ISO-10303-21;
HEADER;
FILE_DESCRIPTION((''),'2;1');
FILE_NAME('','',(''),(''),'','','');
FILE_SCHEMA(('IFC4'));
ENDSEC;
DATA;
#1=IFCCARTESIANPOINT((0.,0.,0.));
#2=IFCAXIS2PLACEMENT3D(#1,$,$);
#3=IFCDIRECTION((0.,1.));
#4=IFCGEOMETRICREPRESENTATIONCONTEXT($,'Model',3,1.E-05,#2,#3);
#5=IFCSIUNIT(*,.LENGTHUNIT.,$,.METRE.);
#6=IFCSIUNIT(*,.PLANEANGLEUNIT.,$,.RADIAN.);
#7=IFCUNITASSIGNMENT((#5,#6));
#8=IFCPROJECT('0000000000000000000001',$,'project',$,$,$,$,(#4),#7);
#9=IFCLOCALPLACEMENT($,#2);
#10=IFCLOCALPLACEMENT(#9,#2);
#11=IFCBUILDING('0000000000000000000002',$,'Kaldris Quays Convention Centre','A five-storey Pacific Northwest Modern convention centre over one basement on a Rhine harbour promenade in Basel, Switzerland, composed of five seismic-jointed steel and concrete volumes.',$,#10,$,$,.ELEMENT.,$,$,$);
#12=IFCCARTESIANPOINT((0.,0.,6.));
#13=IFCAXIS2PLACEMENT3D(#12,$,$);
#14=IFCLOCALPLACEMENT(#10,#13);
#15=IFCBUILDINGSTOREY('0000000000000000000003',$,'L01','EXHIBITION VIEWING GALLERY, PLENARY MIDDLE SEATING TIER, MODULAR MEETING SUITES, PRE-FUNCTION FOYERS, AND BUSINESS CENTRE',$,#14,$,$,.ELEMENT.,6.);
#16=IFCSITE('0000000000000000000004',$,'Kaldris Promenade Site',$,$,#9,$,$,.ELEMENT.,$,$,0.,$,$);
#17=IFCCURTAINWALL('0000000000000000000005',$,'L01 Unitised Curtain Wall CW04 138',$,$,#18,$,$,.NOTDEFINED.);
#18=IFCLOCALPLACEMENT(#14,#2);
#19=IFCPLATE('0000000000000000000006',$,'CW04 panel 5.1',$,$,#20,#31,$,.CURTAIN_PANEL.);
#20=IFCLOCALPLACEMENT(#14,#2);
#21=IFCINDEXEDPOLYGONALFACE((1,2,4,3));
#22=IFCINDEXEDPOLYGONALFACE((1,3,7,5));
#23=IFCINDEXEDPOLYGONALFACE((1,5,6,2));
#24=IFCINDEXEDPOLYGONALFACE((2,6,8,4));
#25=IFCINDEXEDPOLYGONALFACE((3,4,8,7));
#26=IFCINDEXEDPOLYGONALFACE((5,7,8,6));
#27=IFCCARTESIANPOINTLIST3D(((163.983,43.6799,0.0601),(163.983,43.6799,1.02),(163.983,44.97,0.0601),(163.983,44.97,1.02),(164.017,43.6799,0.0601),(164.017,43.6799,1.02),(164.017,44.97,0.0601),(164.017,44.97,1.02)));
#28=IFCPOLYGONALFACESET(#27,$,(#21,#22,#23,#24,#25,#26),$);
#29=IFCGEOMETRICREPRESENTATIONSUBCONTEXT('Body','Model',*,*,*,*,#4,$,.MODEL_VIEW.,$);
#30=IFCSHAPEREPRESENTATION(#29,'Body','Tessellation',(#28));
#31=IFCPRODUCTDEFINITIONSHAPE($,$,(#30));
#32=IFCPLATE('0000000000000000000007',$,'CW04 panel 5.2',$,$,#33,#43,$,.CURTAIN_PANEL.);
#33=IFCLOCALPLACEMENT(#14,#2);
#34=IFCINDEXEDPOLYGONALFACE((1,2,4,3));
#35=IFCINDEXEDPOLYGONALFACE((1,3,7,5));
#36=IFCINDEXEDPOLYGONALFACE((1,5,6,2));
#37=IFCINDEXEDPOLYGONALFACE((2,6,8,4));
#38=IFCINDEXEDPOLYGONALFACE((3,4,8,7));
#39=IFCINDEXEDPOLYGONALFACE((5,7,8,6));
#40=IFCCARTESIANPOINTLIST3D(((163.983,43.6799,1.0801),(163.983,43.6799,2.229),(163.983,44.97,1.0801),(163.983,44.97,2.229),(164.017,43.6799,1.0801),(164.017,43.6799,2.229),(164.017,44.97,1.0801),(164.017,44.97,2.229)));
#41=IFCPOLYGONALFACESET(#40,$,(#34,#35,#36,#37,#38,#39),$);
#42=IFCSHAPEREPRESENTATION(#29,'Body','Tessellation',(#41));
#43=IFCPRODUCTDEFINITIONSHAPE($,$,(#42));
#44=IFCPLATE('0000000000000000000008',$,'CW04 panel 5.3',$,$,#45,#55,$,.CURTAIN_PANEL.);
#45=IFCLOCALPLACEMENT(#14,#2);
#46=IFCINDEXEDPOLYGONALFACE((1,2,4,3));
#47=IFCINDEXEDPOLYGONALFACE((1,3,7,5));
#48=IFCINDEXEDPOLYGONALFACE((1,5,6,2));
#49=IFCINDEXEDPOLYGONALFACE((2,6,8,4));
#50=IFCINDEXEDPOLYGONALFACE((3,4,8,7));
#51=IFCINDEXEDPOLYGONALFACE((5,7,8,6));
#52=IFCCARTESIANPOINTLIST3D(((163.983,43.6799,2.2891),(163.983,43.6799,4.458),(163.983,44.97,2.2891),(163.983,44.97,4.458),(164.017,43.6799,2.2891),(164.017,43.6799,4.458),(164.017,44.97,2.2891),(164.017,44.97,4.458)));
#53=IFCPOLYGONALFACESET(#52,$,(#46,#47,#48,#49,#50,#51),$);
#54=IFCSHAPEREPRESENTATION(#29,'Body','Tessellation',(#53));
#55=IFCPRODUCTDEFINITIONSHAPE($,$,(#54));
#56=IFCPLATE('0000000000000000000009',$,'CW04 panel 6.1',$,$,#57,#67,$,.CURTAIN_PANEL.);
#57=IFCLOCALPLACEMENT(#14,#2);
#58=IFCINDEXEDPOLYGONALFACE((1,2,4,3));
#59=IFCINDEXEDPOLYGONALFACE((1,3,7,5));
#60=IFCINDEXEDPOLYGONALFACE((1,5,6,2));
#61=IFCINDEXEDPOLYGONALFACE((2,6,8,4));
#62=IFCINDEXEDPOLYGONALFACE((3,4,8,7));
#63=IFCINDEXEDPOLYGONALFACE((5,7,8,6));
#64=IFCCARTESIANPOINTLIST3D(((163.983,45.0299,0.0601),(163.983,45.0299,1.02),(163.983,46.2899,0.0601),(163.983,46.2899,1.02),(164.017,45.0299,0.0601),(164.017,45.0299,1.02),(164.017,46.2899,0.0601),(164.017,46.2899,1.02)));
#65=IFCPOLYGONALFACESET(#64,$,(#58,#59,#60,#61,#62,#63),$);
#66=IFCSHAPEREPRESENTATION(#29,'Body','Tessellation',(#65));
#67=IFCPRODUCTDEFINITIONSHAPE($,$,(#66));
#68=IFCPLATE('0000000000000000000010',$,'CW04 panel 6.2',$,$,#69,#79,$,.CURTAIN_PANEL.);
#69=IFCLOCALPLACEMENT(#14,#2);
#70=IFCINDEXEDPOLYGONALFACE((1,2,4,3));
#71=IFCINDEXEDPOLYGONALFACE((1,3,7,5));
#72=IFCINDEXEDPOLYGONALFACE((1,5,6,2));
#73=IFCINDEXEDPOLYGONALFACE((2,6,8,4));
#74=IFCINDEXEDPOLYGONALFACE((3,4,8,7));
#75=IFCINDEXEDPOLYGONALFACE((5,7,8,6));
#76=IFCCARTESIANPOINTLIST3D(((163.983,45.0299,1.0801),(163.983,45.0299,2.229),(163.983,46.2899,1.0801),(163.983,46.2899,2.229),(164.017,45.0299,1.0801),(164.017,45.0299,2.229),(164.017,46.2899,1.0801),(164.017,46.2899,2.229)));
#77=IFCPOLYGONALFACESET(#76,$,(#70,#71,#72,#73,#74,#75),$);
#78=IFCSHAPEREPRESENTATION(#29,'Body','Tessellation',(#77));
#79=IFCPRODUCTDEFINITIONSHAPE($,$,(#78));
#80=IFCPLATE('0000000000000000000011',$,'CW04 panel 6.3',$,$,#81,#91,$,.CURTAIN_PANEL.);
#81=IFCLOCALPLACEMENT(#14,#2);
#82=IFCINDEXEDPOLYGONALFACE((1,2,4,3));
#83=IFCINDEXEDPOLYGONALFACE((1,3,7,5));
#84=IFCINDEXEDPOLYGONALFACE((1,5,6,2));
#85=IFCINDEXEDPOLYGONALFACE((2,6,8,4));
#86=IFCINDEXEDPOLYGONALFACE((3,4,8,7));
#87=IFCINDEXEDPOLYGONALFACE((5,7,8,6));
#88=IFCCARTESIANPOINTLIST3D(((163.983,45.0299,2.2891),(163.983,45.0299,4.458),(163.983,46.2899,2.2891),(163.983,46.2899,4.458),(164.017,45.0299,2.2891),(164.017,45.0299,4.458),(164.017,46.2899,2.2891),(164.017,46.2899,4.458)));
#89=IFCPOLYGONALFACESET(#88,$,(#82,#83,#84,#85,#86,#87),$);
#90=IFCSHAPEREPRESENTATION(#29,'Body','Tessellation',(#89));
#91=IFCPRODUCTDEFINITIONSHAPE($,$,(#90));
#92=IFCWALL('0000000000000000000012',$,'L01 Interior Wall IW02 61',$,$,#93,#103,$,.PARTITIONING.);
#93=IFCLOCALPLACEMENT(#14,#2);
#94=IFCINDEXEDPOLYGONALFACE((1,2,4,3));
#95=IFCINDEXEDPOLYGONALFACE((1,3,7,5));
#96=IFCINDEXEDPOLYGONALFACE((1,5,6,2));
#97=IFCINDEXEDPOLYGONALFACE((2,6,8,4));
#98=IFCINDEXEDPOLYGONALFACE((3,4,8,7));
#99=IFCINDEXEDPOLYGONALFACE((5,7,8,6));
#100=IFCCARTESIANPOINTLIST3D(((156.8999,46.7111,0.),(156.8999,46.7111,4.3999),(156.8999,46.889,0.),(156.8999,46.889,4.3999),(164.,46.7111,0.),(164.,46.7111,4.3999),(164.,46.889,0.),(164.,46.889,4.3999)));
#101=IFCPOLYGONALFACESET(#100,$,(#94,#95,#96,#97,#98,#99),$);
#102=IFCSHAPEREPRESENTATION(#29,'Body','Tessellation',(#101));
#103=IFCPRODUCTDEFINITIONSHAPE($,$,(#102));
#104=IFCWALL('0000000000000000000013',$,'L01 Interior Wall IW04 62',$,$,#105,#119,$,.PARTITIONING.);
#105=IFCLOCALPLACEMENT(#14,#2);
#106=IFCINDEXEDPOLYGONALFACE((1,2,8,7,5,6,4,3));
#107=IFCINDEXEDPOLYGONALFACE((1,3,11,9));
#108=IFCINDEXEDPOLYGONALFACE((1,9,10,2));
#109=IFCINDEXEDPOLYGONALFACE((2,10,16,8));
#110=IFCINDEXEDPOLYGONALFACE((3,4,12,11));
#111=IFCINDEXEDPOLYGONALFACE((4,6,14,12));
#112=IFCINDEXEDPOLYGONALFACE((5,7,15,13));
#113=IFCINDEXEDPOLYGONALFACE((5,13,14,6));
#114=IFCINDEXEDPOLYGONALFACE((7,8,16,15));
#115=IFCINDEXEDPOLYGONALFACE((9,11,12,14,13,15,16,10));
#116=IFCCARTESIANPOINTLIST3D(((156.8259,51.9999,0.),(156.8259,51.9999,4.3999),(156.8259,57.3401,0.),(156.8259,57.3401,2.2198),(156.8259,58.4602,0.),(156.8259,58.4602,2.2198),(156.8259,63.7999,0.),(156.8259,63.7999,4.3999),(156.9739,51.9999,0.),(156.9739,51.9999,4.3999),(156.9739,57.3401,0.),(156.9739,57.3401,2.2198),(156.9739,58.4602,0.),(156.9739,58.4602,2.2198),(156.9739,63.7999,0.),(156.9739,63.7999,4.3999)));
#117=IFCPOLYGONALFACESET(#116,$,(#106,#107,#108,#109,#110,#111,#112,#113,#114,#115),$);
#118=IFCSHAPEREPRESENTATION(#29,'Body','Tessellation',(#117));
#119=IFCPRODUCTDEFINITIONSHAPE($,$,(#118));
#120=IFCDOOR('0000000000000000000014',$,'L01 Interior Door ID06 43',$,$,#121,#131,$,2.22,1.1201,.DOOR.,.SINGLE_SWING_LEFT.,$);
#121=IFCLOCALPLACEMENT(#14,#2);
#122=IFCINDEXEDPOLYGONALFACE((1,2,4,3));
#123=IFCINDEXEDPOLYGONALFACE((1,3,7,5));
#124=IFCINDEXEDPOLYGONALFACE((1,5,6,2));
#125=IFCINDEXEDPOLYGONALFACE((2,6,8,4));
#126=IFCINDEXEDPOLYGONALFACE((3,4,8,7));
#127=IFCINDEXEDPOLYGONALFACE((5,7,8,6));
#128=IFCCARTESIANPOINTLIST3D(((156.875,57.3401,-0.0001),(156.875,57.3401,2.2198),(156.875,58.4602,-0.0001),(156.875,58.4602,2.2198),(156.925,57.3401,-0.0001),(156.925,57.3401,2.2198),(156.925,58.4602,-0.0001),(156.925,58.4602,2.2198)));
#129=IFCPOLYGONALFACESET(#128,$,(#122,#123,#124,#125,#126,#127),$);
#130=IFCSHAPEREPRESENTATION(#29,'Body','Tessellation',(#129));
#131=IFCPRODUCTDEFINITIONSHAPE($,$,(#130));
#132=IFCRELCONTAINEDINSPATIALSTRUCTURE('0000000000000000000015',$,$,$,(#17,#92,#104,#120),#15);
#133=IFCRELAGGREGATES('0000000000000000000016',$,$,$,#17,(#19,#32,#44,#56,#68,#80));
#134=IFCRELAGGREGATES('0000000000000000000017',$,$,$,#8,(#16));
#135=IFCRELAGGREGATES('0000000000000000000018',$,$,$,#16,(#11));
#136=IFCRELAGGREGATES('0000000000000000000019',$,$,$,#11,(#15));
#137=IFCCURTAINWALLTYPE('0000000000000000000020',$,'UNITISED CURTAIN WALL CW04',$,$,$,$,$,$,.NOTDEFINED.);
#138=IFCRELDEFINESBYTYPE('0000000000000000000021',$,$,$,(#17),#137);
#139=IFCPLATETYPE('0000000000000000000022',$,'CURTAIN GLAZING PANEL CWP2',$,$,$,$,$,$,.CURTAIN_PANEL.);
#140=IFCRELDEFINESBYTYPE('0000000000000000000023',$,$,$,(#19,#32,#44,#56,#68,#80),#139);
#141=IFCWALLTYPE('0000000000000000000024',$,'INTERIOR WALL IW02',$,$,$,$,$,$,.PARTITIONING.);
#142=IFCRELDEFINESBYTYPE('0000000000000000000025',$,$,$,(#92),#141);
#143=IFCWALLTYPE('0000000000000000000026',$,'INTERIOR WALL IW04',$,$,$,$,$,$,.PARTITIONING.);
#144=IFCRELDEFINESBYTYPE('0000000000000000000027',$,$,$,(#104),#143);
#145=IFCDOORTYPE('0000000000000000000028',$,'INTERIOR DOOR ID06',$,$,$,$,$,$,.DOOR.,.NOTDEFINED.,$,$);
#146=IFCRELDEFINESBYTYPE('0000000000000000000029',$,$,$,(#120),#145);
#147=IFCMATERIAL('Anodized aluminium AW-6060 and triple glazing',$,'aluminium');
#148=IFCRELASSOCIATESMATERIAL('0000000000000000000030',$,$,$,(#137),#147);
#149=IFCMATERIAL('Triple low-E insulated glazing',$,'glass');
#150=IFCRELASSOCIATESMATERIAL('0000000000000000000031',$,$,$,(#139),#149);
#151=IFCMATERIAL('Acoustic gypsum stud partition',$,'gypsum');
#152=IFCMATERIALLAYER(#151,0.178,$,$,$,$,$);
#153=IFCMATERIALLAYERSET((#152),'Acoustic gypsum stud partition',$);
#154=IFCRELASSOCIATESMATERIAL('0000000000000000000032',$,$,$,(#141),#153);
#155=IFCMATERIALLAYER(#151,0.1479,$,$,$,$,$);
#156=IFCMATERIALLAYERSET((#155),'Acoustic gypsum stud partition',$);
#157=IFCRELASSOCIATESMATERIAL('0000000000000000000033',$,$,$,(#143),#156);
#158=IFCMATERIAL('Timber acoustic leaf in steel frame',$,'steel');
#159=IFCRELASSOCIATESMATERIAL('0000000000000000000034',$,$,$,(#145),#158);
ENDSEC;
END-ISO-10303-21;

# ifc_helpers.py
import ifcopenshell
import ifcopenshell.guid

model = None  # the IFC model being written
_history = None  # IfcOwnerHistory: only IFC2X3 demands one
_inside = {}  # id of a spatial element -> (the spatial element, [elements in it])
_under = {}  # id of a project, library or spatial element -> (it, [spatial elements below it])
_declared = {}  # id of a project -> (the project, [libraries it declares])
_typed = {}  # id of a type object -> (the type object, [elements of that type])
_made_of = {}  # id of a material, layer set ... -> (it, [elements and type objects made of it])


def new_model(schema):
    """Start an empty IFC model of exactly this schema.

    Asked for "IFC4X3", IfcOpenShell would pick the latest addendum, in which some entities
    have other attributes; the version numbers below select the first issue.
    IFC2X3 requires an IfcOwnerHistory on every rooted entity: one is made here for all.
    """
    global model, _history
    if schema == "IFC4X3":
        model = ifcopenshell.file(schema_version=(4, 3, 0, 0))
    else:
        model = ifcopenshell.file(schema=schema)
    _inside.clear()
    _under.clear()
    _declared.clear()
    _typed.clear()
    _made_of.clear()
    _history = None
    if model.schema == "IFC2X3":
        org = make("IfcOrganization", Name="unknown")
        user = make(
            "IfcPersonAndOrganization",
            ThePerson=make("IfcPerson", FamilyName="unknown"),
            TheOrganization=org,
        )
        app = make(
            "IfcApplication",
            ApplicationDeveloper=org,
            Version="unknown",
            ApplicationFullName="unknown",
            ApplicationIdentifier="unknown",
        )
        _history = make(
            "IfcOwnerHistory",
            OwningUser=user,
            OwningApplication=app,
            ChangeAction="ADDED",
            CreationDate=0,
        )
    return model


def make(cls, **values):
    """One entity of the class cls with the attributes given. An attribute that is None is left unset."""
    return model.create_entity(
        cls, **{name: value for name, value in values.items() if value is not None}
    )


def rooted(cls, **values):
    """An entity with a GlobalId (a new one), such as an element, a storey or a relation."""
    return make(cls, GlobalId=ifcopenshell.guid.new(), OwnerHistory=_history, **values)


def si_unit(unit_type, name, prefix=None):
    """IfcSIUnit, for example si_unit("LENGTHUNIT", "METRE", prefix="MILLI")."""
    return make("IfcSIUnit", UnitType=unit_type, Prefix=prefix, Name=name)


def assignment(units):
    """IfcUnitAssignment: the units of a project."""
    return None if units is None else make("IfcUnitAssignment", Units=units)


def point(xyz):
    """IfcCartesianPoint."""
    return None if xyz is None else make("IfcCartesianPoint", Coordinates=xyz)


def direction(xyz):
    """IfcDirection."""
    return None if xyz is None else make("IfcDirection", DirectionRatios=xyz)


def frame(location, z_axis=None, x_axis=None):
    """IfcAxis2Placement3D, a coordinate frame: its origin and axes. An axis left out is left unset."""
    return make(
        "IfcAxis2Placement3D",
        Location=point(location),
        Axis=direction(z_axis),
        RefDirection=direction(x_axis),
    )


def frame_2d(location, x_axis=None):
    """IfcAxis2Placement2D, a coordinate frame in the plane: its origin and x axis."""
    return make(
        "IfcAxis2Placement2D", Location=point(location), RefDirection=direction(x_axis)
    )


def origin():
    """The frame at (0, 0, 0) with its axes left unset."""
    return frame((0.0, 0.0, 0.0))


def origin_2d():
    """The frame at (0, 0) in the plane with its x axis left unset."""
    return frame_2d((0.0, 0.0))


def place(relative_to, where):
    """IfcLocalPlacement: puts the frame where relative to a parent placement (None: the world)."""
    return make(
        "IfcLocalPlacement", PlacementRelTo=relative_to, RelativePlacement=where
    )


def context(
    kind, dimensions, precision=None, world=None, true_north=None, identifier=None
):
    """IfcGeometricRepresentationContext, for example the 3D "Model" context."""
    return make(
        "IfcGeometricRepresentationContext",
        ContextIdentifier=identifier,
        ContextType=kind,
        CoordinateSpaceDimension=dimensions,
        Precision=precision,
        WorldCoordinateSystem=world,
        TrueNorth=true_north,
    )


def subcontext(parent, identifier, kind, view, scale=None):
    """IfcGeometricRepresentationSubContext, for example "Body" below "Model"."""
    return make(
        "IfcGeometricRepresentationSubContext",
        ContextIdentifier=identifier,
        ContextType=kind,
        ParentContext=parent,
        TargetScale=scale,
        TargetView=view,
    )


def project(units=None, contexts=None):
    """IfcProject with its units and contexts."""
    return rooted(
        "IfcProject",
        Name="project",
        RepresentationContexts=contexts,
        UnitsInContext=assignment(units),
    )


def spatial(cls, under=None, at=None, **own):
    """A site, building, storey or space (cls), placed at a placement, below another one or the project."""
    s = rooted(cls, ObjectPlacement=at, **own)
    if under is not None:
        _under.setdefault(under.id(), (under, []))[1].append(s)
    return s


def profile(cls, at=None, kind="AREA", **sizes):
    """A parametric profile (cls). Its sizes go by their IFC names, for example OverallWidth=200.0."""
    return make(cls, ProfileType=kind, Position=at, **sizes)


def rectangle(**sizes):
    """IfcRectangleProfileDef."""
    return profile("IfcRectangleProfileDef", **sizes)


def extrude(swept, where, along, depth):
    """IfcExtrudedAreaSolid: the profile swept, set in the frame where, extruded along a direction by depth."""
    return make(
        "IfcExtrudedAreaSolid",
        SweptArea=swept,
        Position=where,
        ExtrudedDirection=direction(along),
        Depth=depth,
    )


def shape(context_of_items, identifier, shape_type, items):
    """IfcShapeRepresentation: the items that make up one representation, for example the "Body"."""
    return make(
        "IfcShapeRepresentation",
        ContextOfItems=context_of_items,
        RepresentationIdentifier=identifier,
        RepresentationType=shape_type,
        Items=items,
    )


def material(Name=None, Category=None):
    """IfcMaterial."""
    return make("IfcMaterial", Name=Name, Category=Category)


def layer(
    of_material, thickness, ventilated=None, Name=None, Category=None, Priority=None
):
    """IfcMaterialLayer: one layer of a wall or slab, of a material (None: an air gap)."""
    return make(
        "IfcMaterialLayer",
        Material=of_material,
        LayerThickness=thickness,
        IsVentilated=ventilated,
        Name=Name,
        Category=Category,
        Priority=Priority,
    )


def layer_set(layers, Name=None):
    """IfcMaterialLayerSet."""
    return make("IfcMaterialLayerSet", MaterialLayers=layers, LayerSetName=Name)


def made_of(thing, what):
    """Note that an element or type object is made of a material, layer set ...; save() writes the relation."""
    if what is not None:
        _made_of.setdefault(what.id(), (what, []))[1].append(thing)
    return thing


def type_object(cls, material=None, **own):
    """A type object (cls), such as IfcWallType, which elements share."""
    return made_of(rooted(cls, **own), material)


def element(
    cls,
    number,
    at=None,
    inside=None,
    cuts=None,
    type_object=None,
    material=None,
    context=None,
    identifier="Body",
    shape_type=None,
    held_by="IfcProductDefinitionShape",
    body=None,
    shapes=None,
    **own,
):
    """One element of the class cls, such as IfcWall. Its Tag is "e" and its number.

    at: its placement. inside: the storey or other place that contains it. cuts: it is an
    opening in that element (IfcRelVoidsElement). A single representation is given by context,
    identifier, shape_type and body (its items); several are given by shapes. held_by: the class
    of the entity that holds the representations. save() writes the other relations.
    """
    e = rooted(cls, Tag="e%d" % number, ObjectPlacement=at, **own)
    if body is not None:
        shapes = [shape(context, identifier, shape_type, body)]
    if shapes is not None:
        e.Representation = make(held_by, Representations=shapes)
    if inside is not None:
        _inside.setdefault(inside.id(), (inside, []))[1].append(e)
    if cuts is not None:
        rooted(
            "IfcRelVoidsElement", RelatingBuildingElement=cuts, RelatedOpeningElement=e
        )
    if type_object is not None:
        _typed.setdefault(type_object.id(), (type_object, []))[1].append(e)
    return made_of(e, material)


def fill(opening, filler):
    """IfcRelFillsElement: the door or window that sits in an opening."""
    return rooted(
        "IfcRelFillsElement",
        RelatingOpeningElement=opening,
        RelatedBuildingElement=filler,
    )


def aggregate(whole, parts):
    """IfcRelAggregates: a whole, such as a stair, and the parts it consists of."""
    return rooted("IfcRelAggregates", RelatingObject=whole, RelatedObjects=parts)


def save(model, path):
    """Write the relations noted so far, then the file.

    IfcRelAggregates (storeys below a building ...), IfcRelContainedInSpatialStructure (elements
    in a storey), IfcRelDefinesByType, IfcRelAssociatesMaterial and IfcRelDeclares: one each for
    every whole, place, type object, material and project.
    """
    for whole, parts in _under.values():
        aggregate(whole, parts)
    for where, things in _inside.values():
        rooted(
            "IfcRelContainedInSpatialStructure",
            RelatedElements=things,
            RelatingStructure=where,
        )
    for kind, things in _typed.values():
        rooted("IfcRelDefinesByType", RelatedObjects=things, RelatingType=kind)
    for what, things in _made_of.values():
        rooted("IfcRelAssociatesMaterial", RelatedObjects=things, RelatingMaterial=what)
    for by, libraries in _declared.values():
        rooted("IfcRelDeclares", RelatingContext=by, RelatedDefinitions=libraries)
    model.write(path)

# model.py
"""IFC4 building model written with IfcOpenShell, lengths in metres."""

from ifc_helpers import new_model, si_unit, direction, frame, frame_2d, origin, origin_2d, place, context, subcontext, project, spatial, rectangle, extrude, material, layer, layer_set, type_object, element, fill, aggregate, save


model = new_model("IFC4")

# Units and contexts
model_context = context("Model", 3, precision=1e-05, world=origin(), true_north=direction((0.0, 1.0)))
body_context = subcontext(model_context, "Body", "Model", "MODEL_VIEW")
ifc_project = project(units=[si_unit("LENGTHUNIT", "METRE"), si_unit("PLANEANGLEUNIT", "RADIAN")], contexts=[model_context])

# Site, building, storey
site_placement = place(None, origin())
site = spatial("IfcSite", under=ifc_project, at=site_placement, Name="Kaldris Promenade Site", CompositionType="ELEMENT", RefElevation=0.0)
building_placement = place(site_placement, origin())
building = spatial("IfcBuilding", under=site, at=building_placement, Name="Kaldris Quays Convention Centre", Description="A five-storey Pacific Northwest Modern convention centre over one basement on a Rhine harbour promenade in Basel, Switzerland, composed of five seismic-jointed steel and concrete volumes.", CompositionType="ELEMENT")
storey_placement = place(building_placement, frame((0.0, 0.0, 6.0)))
storey = spatial("IfcBuildingStorey", under=building, at=storey_placement, Name="L01", Description="EXHIBITION VIEWING GALLERY, PLENARY MIDDLE SEATING TIER, MODULAR MEETING SUITES, PRE-FUNCTION FOYERS, AND BUSINESS CENTRE", CompositionType="ELEMENT", Elevation=6.0)

# Curtain wall
ifc_material_1 = material(Name="Anodized aluminium AW-6060 and triple glazing", Category="aluminium")
curtain_wall_type = type_object("IfcCurtainWallType", Name="UNITISED CURTAIN WALL CW04", PredefinedType="NOTDEFINED", material=ifc_material_1)
curtain_wall_placement = place(storey_placement, origin())
curtain_wall = element("IfcCurtainWall", 1, at=curtain_wall_placement, inside=storey, type_object=curtain_wall_type, Name="L01 Unitised Curtain Wall CW04 138", PredefinedType="NOTDEFINED")

# Plates
ifc_material_2 = material(Name="Triple low-E insulated glazing", Category="glass")
plate_type = type_object("IfcPlateType", Name="CURTAIN GLAZING PANEL CWP2", PredefinedType="CURTAIN_PANEL", material=ifc_material_2)
plate_1_placement = place(storey_placement, frame((164.0, 44.325, 0.0601), z_axis=(0.0, 0.0, 1.0), x_axis=(0.0, 1.0, 0.0)))
plate_1 = element("IfcPlate", 2, at=plate_1_placement, type_object=plate_type, Name="CW04 panel 5.1", PredefinedType="CURTAIN_PANEL", context=body_context, shape_type="SweptSolid", body=[
    extrude(rectangle(XDim=1.29, YDim=0.0339, at=origin_2d()), origin(), (0.0, 0.0, 1.0), 0.96),
])
plate_2_placement = place(storey_placement, frame((164.0, 44.325, 1.0801), z_axis=(0.0, 0.0, 1.0), x_axis=(0.0, 1.0, 0.0)))
plate_2 = element("IfcPlate", 3, at=plate_2_placement, type_object=plate_type, Name="CW04 panel 5.2", PredefinedType="CURTAIN_PANEL", context=body_context, shape_type="SweptSolid", body=[
    extrude(rectangle(XDim=1.29, YDim=0.0339, at=origin_2d()), origin(), (0.0, 0.0, 1.0), 1.1489),
])
plate_3_placement = place(storey_placement, frame((164.0, 44.325, 2.2891), z_axis=(0.0, 0.0, 1.0), x_axis=(0.0, 1.0, 0.0)))
plate_3 = element("IfcPlate", 4, at=plate_3_placement, type_object=plate_type, Name="CW04 panel 5.3", PredefinedType="CURTAIN_PANEL", context=body_context, shape_type="SweptSolid", body=[
    extrude(rectangle(XDim=1.29, YDim=0.0339, at=origin_2d()), origin(), (0.0, 0.0, 1.0), 2.1689),
])
plate_4_placement = place(storey_placement, frame((164.0, 45.6599, 0.0601), z_axis=(0.0, 0.0, 1.0), x_axis=(0.0, 1.0, 0.0)))
plate_4 = element("IfcPlate", 5, at=plate_4_placement, type_object=plate_type, Name="CW04 panel 6.1", PredefinedType="CURTAIN_PANEL", context=body_context, shape_type="SweptSolid", body=[
    extrude(rectangle(XDim=1.26, YDim=0.0339, at=origin_2d()), origin(), (0.0, 0.0, 1.0), 0.96),
])
plate_5_placement = place(storey_placement, frame((164.0, 45.6599, 1.0801), z_axis=(0.0, 0.0, 1.0), x_axis=(0.0, 1.0, 0.0)))
plate_5 = element("IfcPlate", 6, at=plate_5_placement, type_object=plate_type, Name="CW04 panel 6.2", PredefinedType="CURTAIN_PANEL", context=body_context, shape_type="SweptSolid", body=[
    extrude(rectangle(XDim=1.26, YDim=0.0339, at=origin_2d()), origin(), (0.0, 0.0, 1.0), 1.1489),
])
plate_6_placement = place(storey_placement, frame((164.0, 45.6599, 2.2891), z_axis=(0.0, 0.0, 1.0), x_axis=(0.0, 1.0, 0.0)))
plate_6 = element("IfcPlate", 7, at=plate_6_placement, type_object=plate_type, Name="CW04 panel 6.3", PredefinedType="CURTAIN_PANEL", context=body_context, shape_type="SweptSolid", body=[
    extrude(rectangle(XDim=1.26, YDim=0.0339, at=origin_2d()), origin(), (0.0, 0.0, 1.0), 2.1689),
])
aggregate(curtain_wall, [plate_1, plate_2, plate_3, plate_4, plate_5, plate_6])

# Wall
ifc_material_3 = material(Name="Acoustic gypsum stud partition", Category="gypsum")
ifc_layer_1 = layer(ifc_material_3, 0.178)
ifc_layer_set_1 = layer_set([ifc_layer_1], Name="Acoustic gypsum stud partition")
wall_type_1 = type_object("IfcWallType", Name="INTERIOR WALL IW02", PredefinedType="PARTITIONING", material=ifc_layer_set_1)
wall_1_placement = place(storey_placement, frame((156.8999, 46.8, 0.0), z_axis=(0.0, 0.0, 1.0), x_axis=(1.0, 0.0, 0.0)))
element("IfcWall", 8, at=wall_1_placement, inside=storey, type_object=wall_type_1, Name="L01 Interior Wall IW02 61", PredefinedType="PARTITIONING", context=body_context, shape_type="SweptSolid", body=[
    extrude(rectangle(XDim=7.1001, YDim=0.178, at=frame_2d((3.55, 0.0))), origin(), (0.0, 0.0, 1.0), 4.3999),
])

# Wall, opening, door
ifc_layer_2 = layer(ifc_material_3, 0.1479)
ifc_layer_set_2 = layer_set([ifc_layer_2], Name="Acoustic gypsum stud partition")
wall_type_2 = type_object("IfcWallType", Name="INTERIOR WALL IW04", PredefinedType="PARTITIONING", material=ifc_layer_set_2)
wall_2_placement = place(storey_placement, frame((156.8999, 52.0, 0.0), z_axis=(0.0, 0.0, 1.0), x_axis=(0.0, 1.0, 0.0)))
wall_2 = element("IfcWall", 9, at=wall_2_placement, inside=storey, type_object=wall_type_2, Name="L01 Interior Wall IW04 62", PredefinedType="PARTITIONING", context=body_context, shape_type="SweptSolid", body=[
    extrude(rectangle(XDim=11.8, YDim=0.1479, at=frame_2d((5.8999, 0.0))), origin(), (0.0, 0.0, 1.0), 4.3999),
])
opening_placement = place(wall_2_placement, frame((5.3401, 0.0, 0.0)))
opening = element("IfcOpeningElement", 10, at=opening_placement, cuts=wall_2, PredefinedType="OPENING", context=body_context, shape_type="SweptSolid", body=[
    extrude(rectangle(XDim=1.1201, YDim=2.22, at=frame_2d((0.5601, 1.1099))), frame((0.0, 0.084, 0.0), z_axis=(0.0, -1.0, 0.0), x_axis=(1.0, 0.0, 0.0)), (0.0, 0.0, 1.0), 0.168),
])
ifc_material_4 = material(Name="Timber acoustic leaf in steel frame", Category="steel")
door_type = type_object("IfcDoorType", Name="INTERIOR DOOR ID06", OperationType="NOTDEFINED", PredefinedType="DOOR", material=ifc_material_4)
door_placement = place(opening_placement, origin())
door = element("IfcDoor", 11, at=door_placement, inside=storey, type_object=door_type, Name="L01 Interior Door ID06 43", OperationType="SINGLE_SWING_LEFT", OverallHeight=2.22, OverallWidth=1.1201, PredefinedType="DOOR", context=body_context, shape_type="SweptSolid", body=[
    extrude(rectangle(XDim=1.1201, YDim=2.22, at=frame_2d((0.5601, 1.1099))), frame((0.0, 0.0249, 0.0), z_axis=(0.0, -1.0, 0.0), x_axis=(1.0, 0.0, 0.0)), (0.0, 0.0, 1.0), 0.05),
])
fill(opening, door)

save(model, "model.ifc")
